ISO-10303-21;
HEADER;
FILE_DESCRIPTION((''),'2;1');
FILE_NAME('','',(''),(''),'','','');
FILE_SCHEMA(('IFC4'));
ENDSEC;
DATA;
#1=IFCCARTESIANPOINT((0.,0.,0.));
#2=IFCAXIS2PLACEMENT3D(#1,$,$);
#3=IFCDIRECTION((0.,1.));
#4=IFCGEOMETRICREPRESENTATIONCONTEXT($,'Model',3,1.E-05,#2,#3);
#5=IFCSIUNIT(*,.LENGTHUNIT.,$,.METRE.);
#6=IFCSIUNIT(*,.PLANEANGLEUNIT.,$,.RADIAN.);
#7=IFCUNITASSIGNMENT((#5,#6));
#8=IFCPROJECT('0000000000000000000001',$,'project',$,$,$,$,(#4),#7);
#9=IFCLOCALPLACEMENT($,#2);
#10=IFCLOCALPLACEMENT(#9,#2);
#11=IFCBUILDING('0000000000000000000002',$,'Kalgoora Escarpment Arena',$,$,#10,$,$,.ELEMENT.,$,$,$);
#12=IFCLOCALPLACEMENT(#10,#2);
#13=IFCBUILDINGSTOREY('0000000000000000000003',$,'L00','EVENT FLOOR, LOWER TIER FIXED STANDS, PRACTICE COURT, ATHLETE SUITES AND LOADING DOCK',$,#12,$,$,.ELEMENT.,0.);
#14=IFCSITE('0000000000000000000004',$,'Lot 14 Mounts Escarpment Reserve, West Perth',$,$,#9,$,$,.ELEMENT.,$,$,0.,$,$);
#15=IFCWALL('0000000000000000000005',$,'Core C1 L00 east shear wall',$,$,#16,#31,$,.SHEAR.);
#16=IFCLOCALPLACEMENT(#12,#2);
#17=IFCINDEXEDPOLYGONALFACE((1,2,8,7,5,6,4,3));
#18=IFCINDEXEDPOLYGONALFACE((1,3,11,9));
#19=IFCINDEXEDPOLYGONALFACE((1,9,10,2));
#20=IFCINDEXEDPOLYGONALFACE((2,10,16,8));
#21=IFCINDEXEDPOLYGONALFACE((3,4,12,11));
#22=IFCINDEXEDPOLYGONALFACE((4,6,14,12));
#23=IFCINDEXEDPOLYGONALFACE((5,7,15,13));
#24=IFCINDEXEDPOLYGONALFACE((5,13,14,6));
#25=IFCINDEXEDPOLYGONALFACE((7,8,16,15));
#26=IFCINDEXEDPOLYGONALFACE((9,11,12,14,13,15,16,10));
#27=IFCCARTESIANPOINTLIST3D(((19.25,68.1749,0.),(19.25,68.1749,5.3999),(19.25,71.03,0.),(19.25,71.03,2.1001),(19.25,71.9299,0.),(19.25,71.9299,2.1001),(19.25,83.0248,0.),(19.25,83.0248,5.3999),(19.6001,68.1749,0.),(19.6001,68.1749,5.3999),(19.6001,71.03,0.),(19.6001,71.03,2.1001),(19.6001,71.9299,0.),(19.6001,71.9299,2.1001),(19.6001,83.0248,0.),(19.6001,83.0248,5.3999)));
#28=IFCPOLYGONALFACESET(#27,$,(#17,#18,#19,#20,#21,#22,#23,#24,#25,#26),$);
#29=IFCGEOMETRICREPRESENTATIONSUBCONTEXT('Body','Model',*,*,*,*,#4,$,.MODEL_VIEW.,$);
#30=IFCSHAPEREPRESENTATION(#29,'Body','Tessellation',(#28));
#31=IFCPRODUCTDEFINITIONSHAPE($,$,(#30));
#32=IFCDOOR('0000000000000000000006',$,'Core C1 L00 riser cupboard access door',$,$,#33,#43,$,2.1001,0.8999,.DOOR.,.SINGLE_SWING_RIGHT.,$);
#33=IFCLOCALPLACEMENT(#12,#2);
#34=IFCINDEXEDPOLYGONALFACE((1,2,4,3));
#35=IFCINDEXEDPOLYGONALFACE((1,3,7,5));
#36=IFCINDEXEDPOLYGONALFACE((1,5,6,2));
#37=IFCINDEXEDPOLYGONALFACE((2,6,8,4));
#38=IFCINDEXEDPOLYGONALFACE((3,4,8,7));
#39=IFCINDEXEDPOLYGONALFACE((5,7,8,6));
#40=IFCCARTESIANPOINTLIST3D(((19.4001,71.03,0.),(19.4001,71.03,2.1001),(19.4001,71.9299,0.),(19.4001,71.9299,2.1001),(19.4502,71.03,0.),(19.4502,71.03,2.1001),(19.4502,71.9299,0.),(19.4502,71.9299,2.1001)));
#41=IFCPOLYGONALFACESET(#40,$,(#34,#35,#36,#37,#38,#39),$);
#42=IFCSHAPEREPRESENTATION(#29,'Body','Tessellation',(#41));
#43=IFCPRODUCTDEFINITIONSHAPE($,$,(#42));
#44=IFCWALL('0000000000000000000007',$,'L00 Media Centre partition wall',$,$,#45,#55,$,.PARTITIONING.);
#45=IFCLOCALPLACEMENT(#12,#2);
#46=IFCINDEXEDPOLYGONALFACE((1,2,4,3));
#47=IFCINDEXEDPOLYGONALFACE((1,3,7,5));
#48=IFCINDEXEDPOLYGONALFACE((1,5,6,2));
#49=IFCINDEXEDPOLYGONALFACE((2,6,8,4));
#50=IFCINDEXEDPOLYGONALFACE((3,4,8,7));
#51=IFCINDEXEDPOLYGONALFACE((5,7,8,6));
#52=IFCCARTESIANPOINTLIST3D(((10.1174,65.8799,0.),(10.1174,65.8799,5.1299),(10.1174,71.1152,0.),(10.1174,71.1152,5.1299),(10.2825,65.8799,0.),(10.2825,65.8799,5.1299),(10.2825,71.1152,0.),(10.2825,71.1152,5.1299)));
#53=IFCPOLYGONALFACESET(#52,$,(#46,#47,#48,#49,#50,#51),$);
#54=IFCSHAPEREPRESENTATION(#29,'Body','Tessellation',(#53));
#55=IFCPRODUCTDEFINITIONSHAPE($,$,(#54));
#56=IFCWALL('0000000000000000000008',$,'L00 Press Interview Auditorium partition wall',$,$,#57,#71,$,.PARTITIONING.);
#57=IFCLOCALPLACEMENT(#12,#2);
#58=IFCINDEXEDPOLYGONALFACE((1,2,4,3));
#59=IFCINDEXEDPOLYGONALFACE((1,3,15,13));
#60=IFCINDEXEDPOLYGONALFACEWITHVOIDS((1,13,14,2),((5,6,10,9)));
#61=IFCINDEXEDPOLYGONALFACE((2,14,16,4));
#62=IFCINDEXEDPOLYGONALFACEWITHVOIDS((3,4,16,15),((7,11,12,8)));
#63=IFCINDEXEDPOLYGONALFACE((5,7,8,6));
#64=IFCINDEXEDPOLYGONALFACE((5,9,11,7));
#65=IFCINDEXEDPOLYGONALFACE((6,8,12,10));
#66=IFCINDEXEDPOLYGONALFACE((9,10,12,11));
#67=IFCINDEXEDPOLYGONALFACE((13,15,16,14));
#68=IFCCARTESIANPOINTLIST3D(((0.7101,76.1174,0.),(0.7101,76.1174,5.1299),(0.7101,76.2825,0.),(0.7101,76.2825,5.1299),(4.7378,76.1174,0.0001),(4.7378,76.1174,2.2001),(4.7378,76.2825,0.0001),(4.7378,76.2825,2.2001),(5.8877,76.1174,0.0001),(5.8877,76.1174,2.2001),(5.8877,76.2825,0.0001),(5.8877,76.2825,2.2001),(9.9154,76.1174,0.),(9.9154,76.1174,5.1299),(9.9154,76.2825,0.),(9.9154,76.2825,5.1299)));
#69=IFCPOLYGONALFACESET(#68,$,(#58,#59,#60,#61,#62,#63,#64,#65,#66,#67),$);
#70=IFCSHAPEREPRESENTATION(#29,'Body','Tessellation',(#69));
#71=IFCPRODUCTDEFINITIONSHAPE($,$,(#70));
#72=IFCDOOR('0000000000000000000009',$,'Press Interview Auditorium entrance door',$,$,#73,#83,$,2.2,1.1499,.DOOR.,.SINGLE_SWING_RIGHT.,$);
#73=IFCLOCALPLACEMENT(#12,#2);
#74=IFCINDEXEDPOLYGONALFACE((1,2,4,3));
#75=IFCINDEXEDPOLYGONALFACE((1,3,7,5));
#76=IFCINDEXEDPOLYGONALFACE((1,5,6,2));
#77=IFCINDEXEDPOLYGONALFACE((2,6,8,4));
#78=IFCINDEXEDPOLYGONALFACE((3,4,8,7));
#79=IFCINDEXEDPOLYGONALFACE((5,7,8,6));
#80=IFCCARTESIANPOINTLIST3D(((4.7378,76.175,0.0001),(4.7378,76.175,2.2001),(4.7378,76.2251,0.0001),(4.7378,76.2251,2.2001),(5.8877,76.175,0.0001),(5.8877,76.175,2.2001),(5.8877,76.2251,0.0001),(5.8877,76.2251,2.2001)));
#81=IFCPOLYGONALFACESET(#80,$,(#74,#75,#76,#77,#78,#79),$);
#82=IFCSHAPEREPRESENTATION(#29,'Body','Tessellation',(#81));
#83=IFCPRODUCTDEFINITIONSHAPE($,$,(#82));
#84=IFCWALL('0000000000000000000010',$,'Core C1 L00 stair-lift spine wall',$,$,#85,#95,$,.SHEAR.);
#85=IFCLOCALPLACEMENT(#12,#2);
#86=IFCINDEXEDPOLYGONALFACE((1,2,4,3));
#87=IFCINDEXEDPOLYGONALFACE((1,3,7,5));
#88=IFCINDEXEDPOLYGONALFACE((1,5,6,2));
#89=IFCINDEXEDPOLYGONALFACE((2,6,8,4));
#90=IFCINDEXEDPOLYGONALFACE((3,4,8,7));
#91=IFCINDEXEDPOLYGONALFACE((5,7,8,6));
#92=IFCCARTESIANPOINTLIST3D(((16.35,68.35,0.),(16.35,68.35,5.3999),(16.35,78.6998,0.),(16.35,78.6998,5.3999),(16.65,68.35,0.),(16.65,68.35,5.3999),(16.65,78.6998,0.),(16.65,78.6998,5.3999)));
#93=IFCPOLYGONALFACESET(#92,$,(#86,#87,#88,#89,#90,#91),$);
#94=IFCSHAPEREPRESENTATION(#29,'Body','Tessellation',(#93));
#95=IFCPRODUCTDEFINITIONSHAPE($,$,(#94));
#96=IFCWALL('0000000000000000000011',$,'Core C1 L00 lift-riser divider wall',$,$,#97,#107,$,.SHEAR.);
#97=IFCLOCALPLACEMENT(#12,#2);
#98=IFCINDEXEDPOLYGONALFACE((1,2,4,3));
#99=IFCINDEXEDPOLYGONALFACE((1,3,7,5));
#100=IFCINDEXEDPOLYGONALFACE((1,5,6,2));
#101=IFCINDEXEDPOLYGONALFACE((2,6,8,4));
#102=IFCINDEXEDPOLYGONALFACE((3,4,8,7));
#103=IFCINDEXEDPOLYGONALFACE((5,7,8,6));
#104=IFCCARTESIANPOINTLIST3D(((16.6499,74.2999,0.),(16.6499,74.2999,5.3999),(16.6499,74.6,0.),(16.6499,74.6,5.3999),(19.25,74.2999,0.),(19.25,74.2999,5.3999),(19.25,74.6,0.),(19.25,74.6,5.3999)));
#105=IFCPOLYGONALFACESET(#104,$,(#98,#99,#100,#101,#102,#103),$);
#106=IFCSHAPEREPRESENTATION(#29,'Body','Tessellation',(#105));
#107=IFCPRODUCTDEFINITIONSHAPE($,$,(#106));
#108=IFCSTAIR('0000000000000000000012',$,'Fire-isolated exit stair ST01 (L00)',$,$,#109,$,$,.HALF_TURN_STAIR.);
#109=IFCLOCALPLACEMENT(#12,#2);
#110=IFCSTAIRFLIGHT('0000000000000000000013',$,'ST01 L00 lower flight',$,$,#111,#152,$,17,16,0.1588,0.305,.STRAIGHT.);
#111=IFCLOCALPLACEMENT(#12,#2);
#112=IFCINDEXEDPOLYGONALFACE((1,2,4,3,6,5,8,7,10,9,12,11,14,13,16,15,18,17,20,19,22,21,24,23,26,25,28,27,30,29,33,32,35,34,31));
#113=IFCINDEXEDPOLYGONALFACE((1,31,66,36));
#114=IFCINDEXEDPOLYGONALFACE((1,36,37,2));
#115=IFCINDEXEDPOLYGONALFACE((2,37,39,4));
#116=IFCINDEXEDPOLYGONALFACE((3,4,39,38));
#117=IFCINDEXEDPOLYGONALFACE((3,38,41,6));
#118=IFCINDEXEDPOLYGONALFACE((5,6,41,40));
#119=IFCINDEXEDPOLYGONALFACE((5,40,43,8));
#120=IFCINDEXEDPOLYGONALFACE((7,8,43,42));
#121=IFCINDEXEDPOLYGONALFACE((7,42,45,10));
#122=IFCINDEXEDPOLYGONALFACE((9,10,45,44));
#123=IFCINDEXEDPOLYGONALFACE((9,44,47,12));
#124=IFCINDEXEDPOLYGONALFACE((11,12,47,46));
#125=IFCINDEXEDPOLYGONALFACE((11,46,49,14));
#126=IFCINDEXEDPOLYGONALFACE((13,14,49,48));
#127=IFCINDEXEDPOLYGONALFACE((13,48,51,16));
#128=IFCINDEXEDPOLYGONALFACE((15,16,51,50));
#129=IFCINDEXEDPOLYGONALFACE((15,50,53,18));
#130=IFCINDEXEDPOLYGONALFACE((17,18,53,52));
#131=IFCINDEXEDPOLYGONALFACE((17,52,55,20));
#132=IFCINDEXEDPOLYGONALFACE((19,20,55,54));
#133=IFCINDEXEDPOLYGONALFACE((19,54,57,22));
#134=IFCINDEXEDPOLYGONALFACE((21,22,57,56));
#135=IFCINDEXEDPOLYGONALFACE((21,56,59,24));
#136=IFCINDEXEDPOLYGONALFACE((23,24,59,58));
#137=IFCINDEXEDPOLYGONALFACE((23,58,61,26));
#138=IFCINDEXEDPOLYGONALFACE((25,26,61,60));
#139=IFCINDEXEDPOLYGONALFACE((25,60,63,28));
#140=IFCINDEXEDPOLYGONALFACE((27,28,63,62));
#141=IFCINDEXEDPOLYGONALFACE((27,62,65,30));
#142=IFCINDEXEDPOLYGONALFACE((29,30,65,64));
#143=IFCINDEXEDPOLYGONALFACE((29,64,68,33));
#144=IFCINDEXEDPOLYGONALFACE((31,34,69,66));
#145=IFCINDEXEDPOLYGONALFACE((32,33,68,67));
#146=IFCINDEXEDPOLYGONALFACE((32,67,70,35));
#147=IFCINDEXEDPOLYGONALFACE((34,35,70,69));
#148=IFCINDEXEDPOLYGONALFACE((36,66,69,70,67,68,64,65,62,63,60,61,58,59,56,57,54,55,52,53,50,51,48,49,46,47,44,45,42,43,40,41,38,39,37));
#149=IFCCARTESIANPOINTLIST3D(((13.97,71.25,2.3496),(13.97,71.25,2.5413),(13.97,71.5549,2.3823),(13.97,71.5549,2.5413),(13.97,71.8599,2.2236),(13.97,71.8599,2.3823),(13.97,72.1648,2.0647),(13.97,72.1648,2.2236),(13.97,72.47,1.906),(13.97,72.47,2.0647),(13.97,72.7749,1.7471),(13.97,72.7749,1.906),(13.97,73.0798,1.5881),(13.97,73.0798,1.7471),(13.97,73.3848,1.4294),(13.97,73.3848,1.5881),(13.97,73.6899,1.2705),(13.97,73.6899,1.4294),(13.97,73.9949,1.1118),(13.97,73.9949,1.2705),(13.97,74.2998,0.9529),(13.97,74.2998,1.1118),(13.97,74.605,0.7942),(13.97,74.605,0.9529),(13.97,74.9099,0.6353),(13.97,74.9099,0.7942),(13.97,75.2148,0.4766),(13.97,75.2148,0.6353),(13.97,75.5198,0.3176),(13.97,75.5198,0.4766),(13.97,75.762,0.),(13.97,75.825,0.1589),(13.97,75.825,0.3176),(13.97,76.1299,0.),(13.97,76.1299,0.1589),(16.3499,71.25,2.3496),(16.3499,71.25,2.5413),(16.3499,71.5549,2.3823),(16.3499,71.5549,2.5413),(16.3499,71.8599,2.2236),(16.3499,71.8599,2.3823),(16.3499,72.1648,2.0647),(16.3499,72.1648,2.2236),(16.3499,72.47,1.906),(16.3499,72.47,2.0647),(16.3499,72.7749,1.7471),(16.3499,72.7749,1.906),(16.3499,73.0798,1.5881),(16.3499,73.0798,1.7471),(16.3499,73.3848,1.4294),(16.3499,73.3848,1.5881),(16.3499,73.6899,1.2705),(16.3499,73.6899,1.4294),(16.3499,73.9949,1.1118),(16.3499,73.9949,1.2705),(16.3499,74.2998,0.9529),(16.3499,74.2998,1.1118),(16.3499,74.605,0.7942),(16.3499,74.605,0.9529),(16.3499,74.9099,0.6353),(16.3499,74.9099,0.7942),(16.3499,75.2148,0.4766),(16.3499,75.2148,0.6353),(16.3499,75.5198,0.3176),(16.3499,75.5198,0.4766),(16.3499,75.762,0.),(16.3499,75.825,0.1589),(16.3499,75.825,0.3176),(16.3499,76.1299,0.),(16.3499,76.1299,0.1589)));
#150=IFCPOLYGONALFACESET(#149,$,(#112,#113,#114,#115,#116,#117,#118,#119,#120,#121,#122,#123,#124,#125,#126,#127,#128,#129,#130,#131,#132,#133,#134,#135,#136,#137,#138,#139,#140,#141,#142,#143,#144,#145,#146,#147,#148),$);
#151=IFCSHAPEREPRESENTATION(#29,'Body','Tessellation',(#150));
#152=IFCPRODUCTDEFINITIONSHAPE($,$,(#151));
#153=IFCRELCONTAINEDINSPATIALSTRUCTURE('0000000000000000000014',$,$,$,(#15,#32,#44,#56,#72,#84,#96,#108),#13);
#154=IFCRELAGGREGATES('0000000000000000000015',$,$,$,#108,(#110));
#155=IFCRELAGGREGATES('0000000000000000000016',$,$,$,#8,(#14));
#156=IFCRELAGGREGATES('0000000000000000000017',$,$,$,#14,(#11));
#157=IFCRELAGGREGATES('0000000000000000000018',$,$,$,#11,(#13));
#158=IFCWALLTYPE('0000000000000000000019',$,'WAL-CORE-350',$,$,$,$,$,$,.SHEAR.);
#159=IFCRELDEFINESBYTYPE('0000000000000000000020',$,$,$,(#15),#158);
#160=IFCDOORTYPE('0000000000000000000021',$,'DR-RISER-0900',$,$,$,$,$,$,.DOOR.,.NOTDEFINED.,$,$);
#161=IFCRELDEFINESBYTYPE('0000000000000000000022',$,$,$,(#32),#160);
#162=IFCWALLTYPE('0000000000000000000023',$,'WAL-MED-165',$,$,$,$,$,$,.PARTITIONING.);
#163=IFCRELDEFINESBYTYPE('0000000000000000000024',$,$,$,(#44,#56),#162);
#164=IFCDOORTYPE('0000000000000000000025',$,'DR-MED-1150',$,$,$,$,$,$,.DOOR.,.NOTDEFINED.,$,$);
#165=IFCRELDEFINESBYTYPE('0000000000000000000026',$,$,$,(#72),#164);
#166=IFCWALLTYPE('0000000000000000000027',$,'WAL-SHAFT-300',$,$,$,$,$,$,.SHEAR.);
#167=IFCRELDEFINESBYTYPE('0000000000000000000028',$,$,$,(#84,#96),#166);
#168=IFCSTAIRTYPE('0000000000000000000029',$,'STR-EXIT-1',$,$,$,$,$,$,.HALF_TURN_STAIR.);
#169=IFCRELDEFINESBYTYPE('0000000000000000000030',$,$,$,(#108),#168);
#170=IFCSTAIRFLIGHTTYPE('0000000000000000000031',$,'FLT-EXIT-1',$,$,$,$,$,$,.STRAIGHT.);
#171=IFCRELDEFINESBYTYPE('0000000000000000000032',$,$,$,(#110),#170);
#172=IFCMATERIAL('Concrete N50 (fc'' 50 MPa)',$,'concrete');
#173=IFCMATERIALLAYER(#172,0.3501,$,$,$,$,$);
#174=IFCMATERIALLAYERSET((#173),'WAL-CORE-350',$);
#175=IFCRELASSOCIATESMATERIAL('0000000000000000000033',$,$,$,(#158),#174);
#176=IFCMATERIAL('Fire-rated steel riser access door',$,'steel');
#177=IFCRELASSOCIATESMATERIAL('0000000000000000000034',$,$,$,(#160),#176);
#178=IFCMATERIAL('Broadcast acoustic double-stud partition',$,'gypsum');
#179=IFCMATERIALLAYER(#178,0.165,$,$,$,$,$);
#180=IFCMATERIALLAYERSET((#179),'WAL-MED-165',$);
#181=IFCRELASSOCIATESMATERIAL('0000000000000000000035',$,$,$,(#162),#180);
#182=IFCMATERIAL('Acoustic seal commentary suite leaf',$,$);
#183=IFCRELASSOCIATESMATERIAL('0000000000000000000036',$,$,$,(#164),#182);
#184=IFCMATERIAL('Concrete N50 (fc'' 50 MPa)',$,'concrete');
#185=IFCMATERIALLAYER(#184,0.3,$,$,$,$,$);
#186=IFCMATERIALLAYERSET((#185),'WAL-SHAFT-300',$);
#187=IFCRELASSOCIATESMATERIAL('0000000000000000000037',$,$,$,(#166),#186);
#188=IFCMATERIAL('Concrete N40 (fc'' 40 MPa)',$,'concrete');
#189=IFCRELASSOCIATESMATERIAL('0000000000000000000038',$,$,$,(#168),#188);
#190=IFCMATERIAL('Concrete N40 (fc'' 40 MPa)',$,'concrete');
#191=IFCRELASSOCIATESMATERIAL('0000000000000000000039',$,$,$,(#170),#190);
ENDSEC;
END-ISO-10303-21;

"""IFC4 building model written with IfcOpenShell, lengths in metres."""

from ifc_helpers import new_model, si_unit, direction, frame, frame_2d, origin, place, context, subcontext, project, spatial, polyline, rectangle, outline, extrude, material, layer, layer_set, type_object, element, fill, aggregate, save


model = new_model("IFC4")

# Units and contexts
model_context = context("Model", 3, precision=1e-05, world=origin(), true_north=direction((0.0, 1.0)))
body_context = subcontext(model_context, "Body", "Model", "MODEL_VIEW")
ifc_project = project(units=[si_unit("LENGTHUNIT", "METRE"), si_unit("PLANEANGLEUNIT", "RADIAN")], contexts=[model_context])

# Site, building, storey
site_placement = place(None, origin())
site = spatial("IfcSite", under=ifc_project, at=site_placement, Name="Lot 14 Mounts Escarpment Reserve, West Perth", CompositionType="ELEMENT", RefElevation=0.0)
building_placement = place(site_placement, origin())
building = spatial("IfcBuilding", under=site, at=building_placement, Name="Kalgoora Escarpment Arena", CompositionType="ELEMENT")
storey_placement = place(building_placement, origin())
storey = spatial("IfcBuildingStorey", under=building, at=storey_placement, Name="L00", Description="EVENT FLOOR, LOWER TIER FIXED STANDS, PRACTICE COURT, ATHLETE SUITES AND LOADING DOCK", CompositionType="ELEMENT", Elevation=0.0)

# Shared definitions
ifc_material_1 = material(Name="Concrete N50 (fc' 50 MPa)", Category="concrete")
ifc_layer_1 = layer(ifc_material_1, 0.3501)
ifc_layer_set_1 = layer_set([ifc_layer_1], Name="WAL-CORE-350")
wall_type_1 = type_object("IfcWallType", Name="WAL-CORE-350", PredefinedType="SHEAR", material=ifc_layer_set_1)

# Wall, opening, door
wall_1_placement = place(storey_placement, frame((19.425, 68.175, 0.0), z_axis=(0.0, 0.0, 1.0), x_axis=(0.0, 1.0, 0.0)))
wall_1 = element("IfcWall", 1, at=wall_1_placement, inside=storey, type_object=wall_type_1, Name="Core C1 L00 east shear wall", PredefinedType="SHEAR", context=body_context, shape_type="SweptSolid", body=[
    extrude(rectangle(XDim=14.8499, YDim=0.3501, at=frame_2d((7.4248, 0.0))), origin(), (0.0, 0.0, 1.0), 5.3999),
])
opening_1_placement = place(wall_1_placement, frame((2.855, 0.0, 0.0)))
opening_1 = element("IfcOpeningElement", 2, at=opening_1_placement, cuts=wall_1, PredefinedType="OPENING", context=body_context, shape_type="SweptSolid", body=[
    extrude(rectangle(XDim=0.8999, YDim=2.1001, at=frame_2d((0.45, 1.05))), frame((0.0, 0.1851, 0.0), z_axis=(0.0, -1.0, 0.0), x_axis=(1.0, 0.0, 0.0)), (0.0, 0.0, 1.0), 0.3701),
])
ifc_material_2 = material(Name="Fire-rated steel riser access door", Category="steel")
door_type_1 = type_object("IfcDoorType", Name="DR-RISER-0900", OperationType="NOTDEFINED", PredefinedType="DOOR", material=ifc_material_2)
door_1_placement = place(opening_1_placement, origin())
door_1 = element("IfcDoor", 3, at=door_1_placement, inside=storey, type_object=door_type_1, Name="Core C1 L00 riser cupboard access door", OperationType="SINGLE_SWING_RIGHT", OverallHeight=2.1001, OverallWidth=0.8999, PredefinedType="DOOR", context=body_context, shape_type="SweptSolid", body=[
    extrude(rectangle(XDim=0.8999, YDim=2.1001, at=frame_2d((0.45, 1.05))), frame((0.0, 0.0249, 0.0), z_axis=(0.0, -1.0, 0.0), x_axis=(1.0, 0.0, 0.0)), (0.0, 0.0, 1.0), 0.05),
])
fill(opening_1, door_1)

# Wall
ifc_material_3 = material(Name="Broadcast acoustic double-stud partition", Category="gypsum")
ifc_layer_2 = layer(ifc_material_3, 0.165)
ifc_layer_set_2 = layer_set([ifc_layer_2], Name="WAL-MED-165")
wall_type_2 = type_object("IfcWallType", Name="WAL-MED-165", PredefinedType="PARTITIONING", material=ifc_layer_set_2)
wall_2_placement = place(storey_placement, frame((10.2, 71.1152, 0.0), z_axis=(0.0, 0.0, 1.0), x_axis=(0.0, -1.0, 0.0)))
element("IfcWall", 4, at=wall_2_placement, inside=storey, type_object=wall_type_2, Name="L00 Media Centre partition wall", PredefinedType="PARTITIONING", context=body_context, shape_type="SweptSolid", body=[
    extrude(rectangle(XDim=5.2354, YDim=0.165, at=frame_2d((2.6177, 0.0))), origin(), (0.0, 0.0, 1.0), 5.1299),
])

# Wall, opening, door
wall_3_placement = place(storey_placement, frame((9.9153, 76.2, 0.0), z_axis=(0.0, 0.0, 1.0), x_axis=(-1.0, 0.0, 0.0)))
wall_3 = element("IfcWall", 5, at=wall_3_placement, inside=storey, type_object=wall_type_2, Name="L00 Press Interview Auditorium partition wall", PredefinedType="PARTITIONING", context=body_context, shape_type="SweptSolid", body=[
    extrude(rectangle(XDim=9.2053, YDim=0.165, at=frame_2d((4.6025, 0.0))), origin(), (0.0, 0.0, 1.0), 5.1299),
])
opening_2_placement = place(wall_3_placement, frame((4.0276, 0.0, 0.0)))
opening_2 = element("IfcOpeningElement", 6, at=opening_2_placement, cuts=wall_3, PredefinedType="OPENING", context=body_context, shape_type="SweptSolid", body=[
    extrude(rectangle(XDim=1.1499, YDim=2.2, at=frame_2d((0.575, 1.1001))), frame((0.0, 0.0925, 0.0), z_axis=(0.0, -1.0, 0.0), x_axis=(1.0, 0.0, 0.0)), (0.0, 0.0, 1.0), 0.1851),
])
ifc_material_4 = material(Name="Acoustic seal commentary suite leaf")
door_type_2 = type_object("IfcDoorType", Name="DR-MED-1150", OperationType="NOTDEFINED", PredefinedType="DOOR", material=ifc_material_4)
door_2_placement = place(opening_2_placement, origin())
door_2 = element("IfcDoor", 7, at=door_2_placement, inside=storey, type_object=door_type_2, Name="Press Interview Auditorium entrance door", OperationType="SINGLE_SWING_RIGHT", OverallHeight=2.2, OverallWidth=1.1499, PredefinedType="DOOR", context=body_context, shape_type="SweptSolid", body=[
    extrude(rectangle(XDim=1.1499, YDim=2.2, at=frame_2d((0.575, 1.1001))), frame((0.0, 0.0249, 0.0), z_axis=(0.0, -1.0, 0.0), x_axis=(1.0, 0.0, 0.0)), (0.0, 0.0, 1.0), 0.05),
])
fill(opening_2, door_2)

# Walls
ifc_material_5 = material(Name="Concrete N50 (fc' 50 MPa)", Category="concrete")
ifc_layer_3 = layer(ifc_material_5, 0.3)
ifc_layer_set_3 = layer_set([ifc_layer_3], Name="WAL-SHAFT-300")
wall_type_3 = type_object("IfcWallType", Name="WAL-SHAFT-300", PredefinedType="SHEAR", material=ifc_layer_set_3)
wall_4_placement = place(storey_placement, frame((16.5, 68.3501, 0.0), z_axis=(0.0, 0.0, 1.0), x_axis=(0.0, 1.0, 0.0)))
element("IfcWall", 8, at=wall_4_placement, inside=storey, type_object=wall_type_3, Name="Core C1 L00 stair-lift spine wall", PredefinedType="SHEAR", context=body_context, shape_type="SweptSolid", body=[
    extrude(rectangle(XDim=10.3499, YDim=0.3, at=frame_2d((5.1748, 0.0))), origin(), (0.0, 0.0, 1.0), 5.3999),
])
wall_5_placement = place(storey_placement, frame((16.6499, 74.45, 0.0), z_axis=(0.0, 0.0, 1.0), x_axis=(1.0, 0.0, 0.0)))
element("IfcWall", 9, at=wall_5_placement, inside=storey, type_object=wall_type_3, Name="Core C1 L00 lift-riser divider wall", PredefinedType="SHEAR", context=body_context, shape_type="SweptSolid", body=[
    extrude(rectangle(XDim=2.6001, YDim=0.3, at=frame_2d((1.3, 0.0))), origin(), (0.0, 0.0, 1.0), 5.3999),
])

# Stair, stair flight
ifc_material_6 = material(Name="Concrete N40 (fc' 40 MPa)", Category="concrete")
stair_type = type_object("IfcStairType", Name="STR-EXIT-1", PredefinedType="HALF_TURN_STAIR", material=ifc_material_6)
stair_placement = place(storey_placement, origin())
stair = element("IfcStair", 10, at=stair_placement, inside=storey, type_object=stair_type, Name="Fire-isolated exit stair ST01 (L00)", PredefinedType="HALF_TURN_STAIR")
ifc_material_7 = material(Name="Concrete N40 (fc' 40 MPa)", Category="concrete")
stair_flight_type = type_object("IfcStairFlightType", Name="FLT-EXIT-1", PredefinedType="STRAIGHT", material=ifc_material_7)
stair_flight_1_placement = place(storey_placement, frame((15.1599, 76.1299, 0.0), z_axis=(0.0, 0.0, 1.0), x_axis=(0.0, -1.0, 0.0)))
stair_flight_1 = element("IfcStairFlight", 11, at=stair_flight_1_placement, type_object=stair_flight_type, Name="ST01 L00 lower flight", NumberOfRisers=17, NumberOfTreads=16, PredefinedType="STRAIGHT", RiserHeight=0.1588, TreadLength=0.305, context=body_context, shape_type="SweptSolid", body=[
    extrude(outline(polyline([(0.0, 0.0), (0.0, 0.1589), (0.3049, 0.1589), (0.3049, 0.3176), (0.6101, 0.3176), (0.6101, 0.4766), (0.915, 0.4766), (0.915, 0.6353), (1.22, 0.6353), (1.22, 0.7942), (1.5249, 0.7942), (1.5249, 0.9529), (1.8301, 0.9529), (1.8301, 1.1118), (2.135, 1.1118), (2.135, 1.2705), (2.4399, 1.2705), (2.4399, 1.4294), (2.7451, 1.4294), (2.7451, 1.5881), (3.05, 1.5881), (3.05, 1.7471), (3.355, 1.7471), (3.355, 1.906), (3.6599, 1.906), (3.6599, 2.0647), (3.9651, 2.0647), (3.9651, 2.2236), (4.27, 2.2236), (4.27, 2.3823), (4.575, 2.3823), (4.575, 2.5413), (4.8799, 2.5413), (4.8799, 2.7), (4.8799, 2.3496), (0.3679, 0.0), (0.0, 0.0)])), frame((0.0, 1.1899, 0.0), z_axis=(0.0, -1.0, 0.0), x_axis=(1.0, 0.0, 0.0)), (0.0, 0.0, 1.0), 2.3799),
])
aggregate(stair, [stair_flight_1])

save(model, "model.ifc")
